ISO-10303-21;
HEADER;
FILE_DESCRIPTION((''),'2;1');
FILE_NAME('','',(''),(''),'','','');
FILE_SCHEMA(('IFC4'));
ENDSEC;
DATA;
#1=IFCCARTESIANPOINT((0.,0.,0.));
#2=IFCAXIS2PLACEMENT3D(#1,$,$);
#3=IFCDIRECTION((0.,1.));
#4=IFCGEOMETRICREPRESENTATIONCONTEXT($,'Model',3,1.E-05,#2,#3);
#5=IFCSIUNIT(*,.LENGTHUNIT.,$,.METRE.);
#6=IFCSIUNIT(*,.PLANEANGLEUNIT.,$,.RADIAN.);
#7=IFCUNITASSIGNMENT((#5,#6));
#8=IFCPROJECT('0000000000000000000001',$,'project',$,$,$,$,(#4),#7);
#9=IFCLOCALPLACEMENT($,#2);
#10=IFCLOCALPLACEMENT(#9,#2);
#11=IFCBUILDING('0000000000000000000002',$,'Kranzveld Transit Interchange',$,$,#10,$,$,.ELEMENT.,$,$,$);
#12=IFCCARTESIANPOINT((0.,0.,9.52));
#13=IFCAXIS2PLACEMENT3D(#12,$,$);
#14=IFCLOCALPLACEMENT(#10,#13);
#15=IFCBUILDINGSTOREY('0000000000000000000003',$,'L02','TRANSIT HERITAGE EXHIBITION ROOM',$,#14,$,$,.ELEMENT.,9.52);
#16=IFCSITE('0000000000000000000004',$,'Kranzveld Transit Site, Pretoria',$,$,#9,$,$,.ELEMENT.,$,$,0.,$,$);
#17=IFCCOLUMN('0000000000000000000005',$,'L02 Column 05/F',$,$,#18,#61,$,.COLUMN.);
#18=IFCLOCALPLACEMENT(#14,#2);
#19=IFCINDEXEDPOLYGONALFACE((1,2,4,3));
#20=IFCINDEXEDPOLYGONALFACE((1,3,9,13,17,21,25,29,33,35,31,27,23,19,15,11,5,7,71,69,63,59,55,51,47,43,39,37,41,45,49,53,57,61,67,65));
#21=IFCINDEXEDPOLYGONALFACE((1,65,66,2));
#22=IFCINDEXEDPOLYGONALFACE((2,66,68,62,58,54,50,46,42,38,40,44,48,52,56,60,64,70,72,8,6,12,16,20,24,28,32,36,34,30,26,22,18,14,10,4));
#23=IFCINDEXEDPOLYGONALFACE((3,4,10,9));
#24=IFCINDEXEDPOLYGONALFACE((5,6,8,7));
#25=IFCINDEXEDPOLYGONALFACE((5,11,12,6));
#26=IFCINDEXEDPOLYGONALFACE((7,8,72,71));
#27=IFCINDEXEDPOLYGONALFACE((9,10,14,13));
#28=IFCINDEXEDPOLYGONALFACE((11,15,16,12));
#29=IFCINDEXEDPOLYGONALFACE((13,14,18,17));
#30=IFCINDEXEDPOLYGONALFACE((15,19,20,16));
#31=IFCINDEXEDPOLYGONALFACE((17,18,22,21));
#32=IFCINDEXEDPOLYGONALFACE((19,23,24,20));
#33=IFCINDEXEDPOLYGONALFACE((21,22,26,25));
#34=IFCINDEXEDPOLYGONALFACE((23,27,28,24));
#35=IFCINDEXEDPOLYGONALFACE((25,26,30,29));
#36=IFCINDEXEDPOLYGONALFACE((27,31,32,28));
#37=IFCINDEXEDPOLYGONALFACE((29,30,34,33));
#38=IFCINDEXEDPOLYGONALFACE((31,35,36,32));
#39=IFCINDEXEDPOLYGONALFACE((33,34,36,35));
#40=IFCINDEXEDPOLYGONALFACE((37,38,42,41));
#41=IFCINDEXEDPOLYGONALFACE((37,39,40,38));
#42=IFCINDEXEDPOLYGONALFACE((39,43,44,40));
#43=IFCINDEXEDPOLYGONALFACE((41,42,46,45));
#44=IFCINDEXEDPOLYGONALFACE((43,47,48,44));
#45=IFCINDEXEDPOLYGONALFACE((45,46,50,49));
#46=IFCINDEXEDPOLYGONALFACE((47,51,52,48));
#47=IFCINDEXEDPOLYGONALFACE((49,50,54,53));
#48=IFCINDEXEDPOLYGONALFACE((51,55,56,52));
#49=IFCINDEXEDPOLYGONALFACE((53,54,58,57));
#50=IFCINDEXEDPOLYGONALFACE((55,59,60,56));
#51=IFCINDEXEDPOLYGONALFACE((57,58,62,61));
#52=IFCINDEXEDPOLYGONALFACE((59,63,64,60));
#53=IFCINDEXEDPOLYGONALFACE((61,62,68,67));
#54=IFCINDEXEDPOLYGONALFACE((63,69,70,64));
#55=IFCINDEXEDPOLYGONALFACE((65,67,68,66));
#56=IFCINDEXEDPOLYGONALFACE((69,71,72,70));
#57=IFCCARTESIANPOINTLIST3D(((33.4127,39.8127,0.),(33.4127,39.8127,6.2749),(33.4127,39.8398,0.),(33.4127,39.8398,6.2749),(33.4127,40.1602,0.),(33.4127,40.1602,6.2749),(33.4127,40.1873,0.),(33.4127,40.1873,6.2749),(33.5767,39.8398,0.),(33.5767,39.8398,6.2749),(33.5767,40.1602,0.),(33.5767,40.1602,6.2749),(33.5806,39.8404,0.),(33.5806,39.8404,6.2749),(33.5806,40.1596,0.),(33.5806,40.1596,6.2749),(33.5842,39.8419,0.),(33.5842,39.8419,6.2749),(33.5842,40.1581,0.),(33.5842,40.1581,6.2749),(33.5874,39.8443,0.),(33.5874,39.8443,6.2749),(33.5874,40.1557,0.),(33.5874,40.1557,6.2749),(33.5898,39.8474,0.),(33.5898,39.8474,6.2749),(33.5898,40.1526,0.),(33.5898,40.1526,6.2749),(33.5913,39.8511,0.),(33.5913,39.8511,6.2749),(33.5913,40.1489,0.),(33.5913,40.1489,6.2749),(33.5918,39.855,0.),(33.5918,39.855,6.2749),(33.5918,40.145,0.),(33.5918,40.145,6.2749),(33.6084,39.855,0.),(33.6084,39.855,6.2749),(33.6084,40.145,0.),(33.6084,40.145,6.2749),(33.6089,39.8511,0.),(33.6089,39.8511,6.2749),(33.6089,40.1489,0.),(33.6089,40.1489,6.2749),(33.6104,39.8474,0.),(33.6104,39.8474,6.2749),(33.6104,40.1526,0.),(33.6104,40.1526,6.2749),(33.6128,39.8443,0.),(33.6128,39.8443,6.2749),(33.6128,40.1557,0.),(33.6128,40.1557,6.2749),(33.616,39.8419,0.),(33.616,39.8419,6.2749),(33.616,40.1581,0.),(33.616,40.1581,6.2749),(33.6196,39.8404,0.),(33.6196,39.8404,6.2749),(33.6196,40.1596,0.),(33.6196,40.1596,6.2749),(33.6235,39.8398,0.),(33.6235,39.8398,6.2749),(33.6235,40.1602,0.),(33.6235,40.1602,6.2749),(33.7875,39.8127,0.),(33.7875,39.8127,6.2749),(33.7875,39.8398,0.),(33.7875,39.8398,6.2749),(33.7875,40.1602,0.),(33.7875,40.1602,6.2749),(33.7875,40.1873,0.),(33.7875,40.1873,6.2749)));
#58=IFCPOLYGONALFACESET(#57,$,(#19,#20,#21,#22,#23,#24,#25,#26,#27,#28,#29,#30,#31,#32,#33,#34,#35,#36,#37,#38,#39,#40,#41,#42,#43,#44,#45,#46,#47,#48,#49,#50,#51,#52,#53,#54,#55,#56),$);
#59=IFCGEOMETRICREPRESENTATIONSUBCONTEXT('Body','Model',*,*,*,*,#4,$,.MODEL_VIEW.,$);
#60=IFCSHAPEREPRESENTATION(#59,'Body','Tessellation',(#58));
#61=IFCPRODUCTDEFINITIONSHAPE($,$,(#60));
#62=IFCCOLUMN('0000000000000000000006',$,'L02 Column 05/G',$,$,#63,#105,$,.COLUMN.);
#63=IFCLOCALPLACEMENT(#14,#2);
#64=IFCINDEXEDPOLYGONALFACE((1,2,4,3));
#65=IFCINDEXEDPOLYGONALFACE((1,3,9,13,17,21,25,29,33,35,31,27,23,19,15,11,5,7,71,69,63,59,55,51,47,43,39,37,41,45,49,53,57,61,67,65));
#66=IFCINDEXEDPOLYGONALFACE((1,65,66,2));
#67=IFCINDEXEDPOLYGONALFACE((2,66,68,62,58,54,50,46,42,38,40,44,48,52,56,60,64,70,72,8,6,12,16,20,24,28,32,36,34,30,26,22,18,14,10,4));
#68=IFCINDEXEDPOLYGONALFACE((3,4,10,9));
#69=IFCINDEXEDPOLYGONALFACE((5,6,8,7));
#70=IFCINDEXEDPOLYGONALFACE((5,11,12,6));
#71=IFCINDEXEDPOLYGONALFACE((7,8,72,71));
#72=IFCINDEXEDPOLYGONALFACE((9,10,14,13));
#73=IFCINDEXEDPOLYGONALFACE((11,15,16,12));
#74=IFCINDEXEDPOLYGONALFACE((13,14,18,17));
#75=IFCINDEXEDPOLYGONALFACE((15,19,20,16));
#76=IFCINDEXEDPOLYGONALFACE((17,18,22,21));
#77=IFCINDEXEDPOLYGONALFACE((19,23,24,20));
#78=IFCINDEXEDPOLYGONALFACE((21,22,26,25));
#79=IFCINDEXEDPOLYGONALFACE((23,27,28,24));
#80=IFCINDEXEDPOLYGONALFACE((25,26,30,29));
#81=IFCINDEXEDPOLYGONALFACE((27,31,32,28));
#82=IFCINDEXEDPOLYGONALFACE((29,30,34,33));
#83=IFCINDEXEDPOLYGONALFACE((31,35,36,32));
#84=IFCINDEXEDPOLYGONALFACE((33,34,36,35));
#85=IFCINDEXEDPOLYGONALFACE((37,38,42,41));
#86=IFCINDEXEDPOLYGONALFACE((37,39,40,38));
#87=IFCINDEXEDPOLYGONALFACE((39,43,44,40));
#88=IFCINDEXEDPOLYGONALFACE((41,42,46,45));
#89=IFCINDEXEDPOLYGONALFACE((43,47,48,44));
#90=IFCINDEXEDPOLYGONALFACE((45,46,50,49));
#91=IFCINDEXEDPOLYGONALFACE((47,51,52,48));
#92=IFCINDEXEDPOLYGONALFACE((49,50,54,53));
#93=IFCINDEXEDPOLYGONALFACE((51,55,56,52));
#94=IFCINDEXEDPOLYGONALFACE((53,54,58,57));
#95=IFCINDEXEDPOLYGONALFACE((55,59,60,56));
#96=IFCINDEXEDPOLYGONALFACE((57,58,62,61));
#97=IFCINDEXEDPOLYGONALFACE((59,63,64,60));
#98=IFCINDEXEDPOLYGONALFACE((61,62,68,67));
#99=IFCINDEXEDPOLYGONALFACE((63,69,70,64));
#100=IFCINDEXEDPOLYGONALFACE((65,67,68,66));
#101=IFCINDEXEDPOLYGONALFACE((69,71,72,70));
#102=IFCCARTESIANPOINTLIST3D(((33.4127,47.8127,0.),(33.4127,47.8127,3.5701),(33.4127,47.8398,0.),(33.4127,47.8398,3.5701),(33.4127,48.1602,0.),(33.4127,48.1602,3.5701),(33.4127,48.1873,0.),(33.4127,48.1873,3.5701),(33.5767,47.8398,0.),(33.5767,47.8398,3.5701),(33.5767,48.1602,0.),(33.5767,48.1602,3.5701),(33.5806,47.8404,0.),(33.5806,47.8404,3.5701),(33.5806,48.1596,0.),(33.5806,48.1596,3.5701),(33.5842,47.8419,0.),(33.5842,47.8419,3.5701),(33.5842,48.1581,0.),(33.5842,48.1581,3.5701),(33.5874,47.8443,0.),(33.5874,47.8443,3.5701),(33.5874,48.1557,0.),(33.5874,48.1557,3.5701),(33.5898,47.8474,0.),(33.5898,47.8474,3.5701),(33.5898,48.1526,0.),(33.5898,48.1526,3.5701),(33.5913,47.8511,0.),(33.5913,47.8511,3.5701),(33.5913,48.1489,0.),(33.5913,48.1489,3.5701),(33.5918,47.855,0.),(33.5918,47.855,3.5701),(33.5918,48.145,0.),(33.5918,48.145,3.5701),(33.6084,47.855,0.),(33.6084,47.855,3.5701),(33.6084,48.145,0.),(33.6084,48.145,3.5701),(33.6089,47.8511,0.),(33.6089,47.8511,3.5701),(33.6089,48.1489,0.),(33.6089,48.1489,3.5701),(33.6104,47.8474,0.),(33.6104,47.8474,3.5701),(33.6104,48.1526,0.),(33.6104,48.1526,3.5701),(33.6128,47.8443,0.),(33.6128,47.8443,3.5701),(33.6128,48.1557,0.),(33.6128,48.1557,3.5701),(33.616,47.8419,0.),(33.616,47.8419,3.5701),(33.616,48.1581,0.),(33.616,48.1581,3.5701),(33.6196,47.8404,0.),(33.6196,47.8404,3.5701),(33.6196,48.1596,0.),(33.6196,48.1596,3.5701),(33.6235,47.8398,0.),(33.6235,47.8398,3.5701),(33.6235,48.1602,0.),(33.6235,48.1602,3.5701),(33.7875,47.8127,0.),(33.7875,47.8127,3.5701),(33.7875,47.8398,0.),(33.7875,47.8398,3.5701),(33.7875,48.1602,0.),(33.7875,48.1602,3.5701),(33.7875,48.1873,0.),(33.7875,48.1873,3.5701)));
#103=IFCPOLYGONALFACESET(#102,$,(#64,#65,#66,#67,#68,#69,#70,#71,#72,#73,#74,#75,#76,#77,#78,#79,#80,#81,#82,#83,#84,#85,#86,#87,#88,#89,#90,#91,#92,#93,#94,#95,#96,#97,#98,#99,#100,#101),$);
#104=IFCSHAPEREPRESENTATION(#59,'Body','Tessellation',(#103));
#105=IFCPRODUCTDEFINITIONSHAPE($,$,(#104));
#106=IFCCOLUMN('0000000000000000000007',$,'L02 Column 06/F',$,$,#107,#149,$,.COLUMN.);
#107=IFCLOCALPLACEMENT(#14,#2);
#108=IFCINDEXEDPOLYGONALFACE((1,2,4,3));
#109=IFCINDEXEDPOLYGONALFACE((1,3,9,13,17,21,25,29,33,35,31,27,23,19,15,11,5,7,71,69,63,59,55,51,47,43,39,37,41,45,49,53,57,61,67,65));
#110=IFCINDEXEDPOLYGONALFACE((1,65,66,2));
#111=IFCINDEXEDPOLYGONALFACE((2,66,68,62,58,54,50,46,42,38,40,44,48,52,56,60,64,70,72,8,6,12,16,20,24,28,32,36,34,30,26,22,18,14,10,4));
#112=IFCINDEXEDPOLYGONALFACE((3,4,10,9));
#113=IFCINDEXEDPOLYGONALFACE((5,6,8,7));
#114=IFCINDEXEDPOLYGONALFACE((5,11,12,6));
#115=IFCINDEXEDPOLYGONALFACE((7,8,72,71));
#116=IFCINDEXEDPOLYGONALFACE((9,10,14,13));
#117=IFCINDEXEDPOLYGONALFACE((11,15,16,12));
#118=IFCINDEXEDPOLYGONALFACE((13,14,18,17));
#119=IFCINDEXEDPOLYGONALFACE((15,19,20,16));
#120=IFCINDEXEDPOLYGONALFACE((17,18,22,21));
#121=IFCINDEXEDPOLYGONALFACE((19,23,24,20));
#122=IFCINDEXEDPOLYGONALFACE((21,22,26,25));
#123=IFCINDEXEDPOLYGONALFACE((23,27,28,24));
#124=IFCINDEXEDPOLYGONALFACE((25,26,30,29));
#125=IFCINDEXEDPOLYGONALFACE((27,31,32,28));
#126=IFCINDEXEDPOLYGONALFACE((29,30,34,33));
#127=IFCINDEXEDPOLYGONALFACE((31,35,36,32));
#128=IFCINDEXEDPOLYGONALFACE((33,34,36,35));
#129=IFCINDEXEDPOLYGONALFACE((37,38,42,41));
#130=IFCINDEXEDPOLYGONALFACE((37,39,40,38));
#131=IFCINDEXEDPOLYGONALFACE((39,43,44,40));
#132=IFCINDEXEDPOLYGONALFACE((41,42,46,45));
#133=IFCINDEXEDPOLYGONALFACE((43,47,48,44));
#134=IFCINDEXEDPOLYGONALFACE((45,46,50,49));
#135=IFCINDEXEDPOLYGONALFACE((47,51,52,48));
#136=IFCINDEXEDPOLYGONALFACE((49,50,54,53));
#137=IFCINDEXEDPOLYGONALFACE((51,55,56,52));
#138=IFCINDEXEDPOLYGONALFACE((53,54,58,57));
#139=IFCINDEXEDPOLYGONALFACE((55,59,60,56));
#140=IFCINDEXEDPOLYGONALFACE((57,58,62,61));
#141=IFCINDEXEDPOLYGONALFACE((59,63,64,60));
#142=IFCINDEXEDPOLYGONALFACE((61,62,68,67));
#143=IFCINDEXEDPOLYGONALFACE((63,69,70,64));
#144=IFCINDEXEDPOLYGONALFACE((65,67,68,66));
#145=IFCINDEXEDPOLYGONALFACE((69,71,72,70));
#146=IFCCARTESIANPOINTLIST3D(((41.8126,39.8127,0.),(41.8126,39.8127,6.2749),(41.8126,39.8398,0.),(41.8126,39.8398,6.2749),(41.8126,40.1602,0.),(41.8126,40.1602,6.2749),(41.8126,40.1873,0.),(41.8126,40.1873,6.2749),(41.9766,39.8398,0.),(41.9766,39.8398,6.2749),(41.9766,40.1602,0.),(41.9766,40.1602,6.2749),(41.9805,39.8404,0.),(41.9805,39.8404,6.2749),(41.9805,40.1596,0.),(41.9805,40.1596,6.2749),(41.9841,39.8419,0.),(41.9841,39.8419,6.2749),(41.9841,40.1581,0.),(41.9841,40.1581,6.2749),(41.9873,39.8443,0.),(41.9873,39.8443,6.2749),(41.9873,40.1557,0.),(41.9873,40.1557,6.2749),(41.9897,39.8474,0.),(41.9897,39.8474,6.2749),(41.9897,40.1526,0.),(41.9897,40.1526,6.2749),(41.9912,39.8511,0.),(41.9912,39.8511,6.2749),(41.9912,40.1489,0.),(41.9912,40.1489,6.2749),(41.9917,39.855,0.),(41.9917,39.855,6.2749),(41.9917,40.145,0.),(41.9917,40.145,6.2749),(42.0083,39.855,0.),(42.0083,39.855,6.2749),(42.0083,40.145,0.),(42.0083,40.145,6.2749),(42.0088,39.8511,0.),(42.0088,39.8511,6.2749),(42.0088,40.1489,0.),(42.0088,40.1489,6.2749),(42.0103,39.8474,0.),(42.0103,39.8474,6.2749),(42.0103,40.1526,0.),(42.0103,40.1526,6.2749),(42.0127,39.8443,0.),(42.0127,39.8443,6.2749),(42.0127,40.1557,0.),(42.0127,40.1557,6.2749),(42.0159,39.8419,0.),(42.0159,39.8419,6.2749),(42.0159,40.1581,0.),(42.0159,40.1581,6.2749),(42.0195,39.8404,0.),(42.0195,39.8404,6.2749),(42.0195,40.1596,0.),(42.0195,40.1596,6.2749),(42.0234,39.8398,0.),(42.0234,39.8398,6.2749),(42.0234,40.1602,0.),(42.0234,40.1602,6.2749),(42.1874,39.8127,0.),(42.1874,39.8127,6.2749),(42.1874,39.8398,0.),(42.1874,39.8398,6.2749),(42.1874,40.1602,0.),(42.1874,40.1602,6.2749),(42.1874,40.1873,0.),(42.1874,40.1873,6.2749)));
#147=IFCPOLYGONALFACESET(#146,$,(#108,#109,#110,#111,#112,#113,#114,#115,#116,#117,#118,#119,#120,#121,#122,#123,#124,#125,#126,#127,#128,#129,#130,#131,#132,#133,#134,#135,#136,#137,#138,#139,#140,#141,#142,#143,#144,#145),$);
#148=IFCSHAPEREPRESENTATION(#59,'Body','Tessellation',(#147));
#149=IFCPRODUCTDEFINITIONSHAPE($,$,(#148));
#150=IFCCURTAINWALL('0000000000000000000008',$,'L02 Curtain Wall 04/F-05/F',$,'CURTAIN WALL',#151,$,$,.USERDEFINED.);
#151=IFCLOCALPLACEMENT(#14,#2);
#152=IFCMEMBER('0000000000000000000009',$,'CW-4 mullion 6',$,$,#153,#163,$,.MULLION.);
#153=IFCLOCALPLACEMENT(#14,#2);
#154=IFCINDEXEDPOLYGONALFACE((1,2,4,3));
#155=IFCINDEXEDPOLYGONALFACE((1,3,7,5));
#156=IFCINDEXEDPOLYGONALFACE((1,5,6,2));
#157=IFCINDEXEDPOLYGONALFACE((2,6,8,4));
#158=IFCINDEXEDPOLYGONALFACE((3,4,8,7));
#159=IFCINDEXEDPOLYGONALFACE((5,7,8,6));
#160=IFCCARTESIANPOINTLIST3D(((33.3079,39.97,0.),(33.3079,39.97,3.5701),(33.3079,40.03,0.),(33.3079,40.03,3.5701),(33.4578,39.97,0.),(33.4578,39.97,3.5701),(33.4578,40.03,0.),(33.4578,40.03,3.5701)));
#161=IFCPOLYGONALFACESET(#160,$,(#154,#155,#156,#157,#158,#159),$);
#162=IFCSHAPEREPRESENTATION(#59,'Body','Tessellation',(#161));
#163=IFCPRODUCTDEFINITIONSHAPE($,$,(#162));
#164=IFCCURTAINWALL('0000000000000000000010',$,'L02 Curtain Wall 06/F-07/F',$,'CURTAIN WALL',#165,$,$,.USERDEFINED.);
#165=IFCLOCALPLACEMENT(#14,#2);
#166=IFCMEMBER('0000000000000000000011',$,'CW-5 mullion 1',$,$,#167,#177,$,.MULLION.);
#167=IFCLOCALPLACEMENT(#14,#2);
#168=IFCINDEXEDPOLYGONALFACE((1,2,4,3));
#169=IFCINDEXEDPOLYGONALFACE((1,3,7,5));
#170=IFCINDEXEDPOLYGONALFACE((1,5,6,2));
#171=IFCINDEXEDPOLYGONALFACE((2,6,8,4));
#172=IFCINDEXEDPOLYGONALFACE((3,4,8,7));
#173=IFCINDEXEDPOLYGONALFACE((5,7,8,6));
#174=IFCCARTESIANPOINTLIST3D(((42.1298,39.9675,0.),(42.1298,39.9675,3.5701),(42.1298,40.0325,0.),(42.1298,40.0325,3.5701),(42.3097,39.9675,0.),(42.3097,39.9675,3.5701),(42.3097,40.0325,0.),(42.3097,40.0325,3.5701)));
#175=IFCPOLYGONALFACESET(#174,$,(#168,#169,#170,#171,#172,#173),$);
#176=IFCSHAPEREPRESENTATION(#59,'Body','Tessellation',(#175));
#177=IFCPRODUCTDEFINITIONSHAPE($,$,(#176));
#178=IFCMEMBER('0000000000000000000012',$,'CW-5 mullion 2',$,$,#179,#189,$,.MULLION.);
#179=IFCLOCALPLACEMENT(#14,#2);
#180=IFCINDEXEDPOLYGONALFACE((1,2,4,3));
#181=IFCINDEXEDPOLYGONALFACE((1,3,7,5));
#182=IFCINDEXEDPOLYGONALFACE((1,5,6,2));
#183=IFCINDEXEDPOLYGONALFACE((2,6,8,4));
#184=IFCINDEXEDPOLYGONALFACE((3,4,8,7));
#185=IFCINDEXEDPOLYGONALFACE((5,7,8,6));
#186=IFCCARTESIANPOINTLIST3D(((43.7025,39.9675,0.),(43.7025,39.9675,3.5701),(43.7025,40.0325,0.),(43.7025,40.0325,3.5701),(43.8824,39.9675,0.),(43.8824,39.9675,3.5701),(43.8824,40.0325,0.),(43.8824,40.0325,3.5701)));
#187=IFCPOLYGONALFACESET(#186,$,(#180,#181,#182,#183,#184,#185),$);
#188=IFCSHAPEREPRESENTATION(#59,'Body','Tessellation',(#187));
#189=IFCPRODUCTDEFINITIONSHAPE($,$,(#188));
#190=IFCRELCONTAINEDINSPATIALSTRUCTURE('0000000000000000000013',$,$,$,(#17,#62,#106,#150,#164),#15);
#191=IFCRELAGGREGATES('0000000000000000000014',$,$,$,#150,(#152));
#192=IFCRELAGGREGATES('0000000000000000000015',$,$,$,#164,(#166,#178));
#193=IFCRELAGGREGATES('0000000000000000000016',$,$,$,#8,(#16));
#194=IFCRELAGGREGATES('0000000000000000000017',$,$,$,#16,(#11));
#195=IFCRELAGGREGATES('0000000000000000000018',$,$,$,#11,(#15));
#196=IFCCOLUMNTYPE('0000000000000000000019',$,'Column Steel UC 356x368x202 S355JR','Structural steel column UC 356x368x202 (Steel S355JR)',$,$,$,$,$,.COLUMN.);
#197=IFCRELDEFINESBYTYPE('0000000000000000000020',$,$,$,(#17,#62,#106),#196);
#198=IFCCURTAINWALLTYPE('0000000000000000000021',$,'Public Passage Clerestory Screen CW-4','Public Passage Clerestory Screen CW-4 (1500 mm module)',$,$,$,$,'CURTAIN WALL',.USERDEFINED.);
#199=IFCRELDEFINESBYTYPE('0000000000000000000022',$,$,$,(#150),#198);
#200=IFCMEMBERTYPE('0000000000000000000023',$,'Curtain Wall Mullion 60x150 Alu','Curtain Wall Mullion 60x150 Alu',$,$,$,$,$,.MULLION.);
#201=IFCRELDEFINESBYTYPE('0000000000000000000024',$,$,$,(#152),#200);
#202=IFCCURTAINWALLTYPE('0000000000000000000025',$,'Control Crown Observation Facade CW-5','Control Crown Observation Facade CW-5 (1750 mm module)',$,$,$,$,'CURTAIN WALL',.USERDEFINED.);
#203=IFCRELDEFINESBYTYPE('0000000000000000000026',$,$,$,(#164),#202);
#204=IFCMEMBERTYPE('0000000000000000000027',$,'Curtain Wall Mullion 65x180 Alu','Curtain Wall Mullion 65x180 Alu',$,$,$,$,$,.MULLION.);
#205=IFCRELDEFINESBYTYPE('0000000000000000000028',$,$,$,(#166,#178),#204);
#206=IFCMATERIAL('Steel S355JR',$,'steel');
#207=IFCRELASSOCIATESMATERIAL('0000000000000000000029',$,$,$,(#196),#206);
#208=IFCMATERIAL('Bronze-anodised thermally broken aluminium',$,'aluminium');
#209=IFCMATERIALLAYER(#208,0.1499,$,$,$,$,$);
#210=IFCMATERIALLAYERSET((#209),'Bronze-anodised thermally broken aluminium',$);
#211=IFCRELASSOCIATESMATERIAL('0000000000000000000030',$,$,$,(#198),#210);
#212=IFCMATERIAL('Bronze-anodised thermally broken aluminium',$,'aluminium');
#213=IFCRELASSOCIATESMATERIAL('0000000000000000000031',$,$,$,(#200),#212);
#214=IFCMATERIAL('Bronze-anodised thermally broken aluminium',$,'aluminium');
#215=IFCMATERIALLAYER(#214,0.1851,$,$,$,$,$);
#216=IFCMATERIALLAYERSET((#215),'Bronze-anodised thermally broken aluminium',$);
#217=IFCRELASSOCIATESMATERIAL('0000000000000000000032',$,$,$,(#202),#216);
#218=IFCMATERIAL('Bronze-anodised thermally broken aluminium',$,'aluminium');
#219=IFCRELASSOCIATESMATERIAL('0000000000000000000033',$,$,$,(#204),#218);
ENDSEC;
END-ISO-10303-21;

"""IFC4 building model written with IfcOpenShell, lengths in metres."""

from ifc_helpers import new_model, si_unit, direction, frame, origin, origin_2d, place, context, subcontext, project, spatial, rectangle, i_section, extrude, material, layer, layer_set, material_profile, profile_set, type_object, element, aggregate, save


model = new_model("IFC4")

# Units and contexts
model_context = context("Model", 3, precision=1e-05, world=origin(), true_north=direction((0.0, 1.0)))
body_context = subcontext(model_context, "Body", "Model", "MODEL_VIEW")
ifc_project = project(units=[si_unit("LENGTHUNIT", "METRE"), si_unit("PLANEANGLEUNIT", "RADIAN")], contexts=[model_context])

# Site, building, storey
site_placement = place(None, origin())
site = spatial("IfcSite", under=ifc_project, at=site_placement, Name="Kranzveld Transit Site, Pretoria", CompositionType="ELEMENT", RefElevation=0.0)
building_placement = place(site_placement, origin())
building = spatial("IfcBuilding", under=site, at=building_placement, Name="Kranzveld Transit Interchange", CompositionType="ELEMENT")
storey_placement = place(building_placement, frame((0.0, 0.0, 9.52)))
storey = spatial("IfcBuildingStorey", under=building, at=storey_placement, Name="L02", Description="TRANSIT HERITAGE EXHIBITION ROOM", CompositionType="ELEMENT", Elevation=9.52)

# Columns
ifc_material_1 = material(Name="Steel S355JR", Category="steel")
ifc_material_profile_1 = material_profile(ifc_material_1, i_section(OverallWidth=0.3748, OverallDepth=0.3745, WebThickness=0.0166, FlangeThickness=0.0271, FilletRadius=0.0151, at=origin_2d()), Name="UC 356x368x202")
ifc_profile_set_1 = profile_set([ifc_material_profile_1], Name="Steel S355JR")
column_type = type_object("IfcColumnType", Name="Column Steel UC 356x368x202 S355JR", Description="Structural steel column UC 356x368x202 (Steel S355JR)", PredefinedType="COLUMN", material=ifc_profile_set_1)
column_1_placement = place(storey_placement, frame((33.6001, 40.0, 0.0), z_axis=(0.0, 0.0, 1.0), x_axis=(1.0, 0.0, 0.0)))
element("IfcColumn", 1, at=column_1_placement, inside=storey, type_object=column_type, Name="L02 Column 05/F", PredefinedType="COLUMN", context=body_context, shape_type="SweptSolid", body=[
    extrude(i_section(OverallWidth=0.3748, OverallDepth=0.3745, WebThickness=0.0166, FlangeThickness=0.0271, FilletRadius=0.0151, at=origin_2d()), origin(), (0.0, 0.0, 1.0), 6.2749),
])
column_2_placement = place(storey_placement, frame((33.6001, 48.0, 0.0), z_axis=(0.0, 0.0, 1.0), x_axis=(1.0, 0.0, 0.0)))
element("IfcColumn", 2, at=column_2_placement, inside=storey, type_object=column_type, Name="L02 Column 05/G", PredefinedType="COLUMN", context=body_context, shape_type="SweptSolid", body=[
    extrude(i_section(OverallWidth=0.3748, OverallDepth=0.3745, WebThickness=0.0166, FlangeThickness=0.0271, FilletRadius=0.0151, at=origin_2d()), origin(), (0.0, 0.0, 1.0), 3.5701),
])
column_3_placement = place(storey_placement, frame((42.0, 40.0, 0.0), z_axis=(0.0, 0.0, 1.0), x_axis=(1.0, 0.0, 0.0)))
element("IfcColumn", 3, at=column_3_placement, inside=storey, type_object=column_type, Name="L02 Column 06/F", PredefinedType="COLUMN", context=body_context, shape_type="SweptSolid", body=[
    extrude(i_section(OverallWidth=0.3748, OverallDepth=0.3745, WebThickness=0.0166, FlangeThickness=0.0271, FilletRadius=0.0151, at=origin_2d()), origin(), (0.0, 0.0, 1.0), 6.2749),
])

# Curtain wall, member
ifc_material_2 = material(Name="Bronze-anodised thermally broken aluminium", Category="aluminium")
ifc_layer_1 = layer(ifc_material_2, 0.1499)
ifc_layer_set_1 = layer_set([ifc_layer_1], Name="Bronze-anodised thermally broken aluminium")
curtain_wall_type_1 = type_object("IfcCurtainWallType", Name="Public Passage Clerestory Screen CW-4", Description="Public Passage Clerestory Screen CW-4 (1500 mm module)", ElementType="CURTAIN WALL", PredefinedType="USERDEFINED", material=ifc_layer_set_1)
curtain_wall_1_placement = place(storey_placement, origin())
curtain_wall_1 = element("IfcCurtainWall", 4, at=curtain_wall_1_placement, inside=storey, type_object=curtain_wall_type_1, Name="L02 Curtain Wall 04/F-05/F", ObjectType="CURTAIN WALL", PredefinedType="USERDEFINED")
ifc_material_3 = material(Name="Bronze-anodised thermally broken aluminium", Category="aluminium")
ifc_material_profile_2 = material_profile(ifc_material_3, rectangle(XDim=0.0601, YDim=0.1499, at=origin_2d()), Name="ALU MULLION 60x150")
ifc_profile_set_2 = profile_set([ifc_material_profile_2], Name="Bronze-anodised thermally broken aluminium")
member_type_1 = type_object("IfcMemberType", Name="Curtain Wall Mullion 60x150 Alu", Description="Curtain Wall Mullion 60x150 Alu", PredefinedType="MULLION", material=ifc_profile_set_2)
member_1_placement = place(storey_placement, frame((33.3828, 40.0, 0.0), z_axis=(0.0, 0.0, 1.0), x_axis=(0.0, 1.0, 0.0)))
member_1 = element("IfcMember", 5, at=member_1_placement, type_object=member_type_1, Name="CW-4 mullion 6", PredefinedType="MULLION", context=body_context, shape_type="SweptSolid", body=[
    extrude(rectangle(XDim=0.0601, YDim=0.1499, at=origin_2d()), origin(), (0.0, 0.0, 1.0), 3.5701),
])

# Curtain wall, members
ifc_material_4 = material(Name="Bronze-anodised thermally broken aluminium", Category="aluminium")
ifc_layer_2 = layer(ifc_material_4, 0.1851)
ifc_layer_set_2 = layer_set([ifc_layer_2], Name="Bronze-anodised thermally broken aluminium")
curtain_wall_type_2 = type_object("IfcCurtainWallType", Name="Control Crown Observation Facade CW-5", Description="Control Crown Observation Facade CW-5 (1750 mm module)", ElementType="CURTAIN WALL", PredefinedType="USERDEFINED", material=ifc_layer_set_2)
curtain_wall_2_placement = place(storey_placement, origin())
curtain_wall_2 = element("IfcCurtainWall", 6, at=curtain_wall_2_placement, inside=storey, type_object=curtain_wall_type_2, Name="L02 Curtain Wall 06/F-07/F", ObjectType="CURTAIN WALL", PredefinedType="USERDEFINED")
ifc_material_5 = material(Name="Bronze-anodised thermally broken aluminium", Category="aluminium")
ifc_material_profile_3 = material_profile(ifc_material_5, rectangle(XDim=0.0649, YDim=0.1799, at=origin_2d()), Name="ALU MULLION 65x180")
ifc_profile_set_3 = profile_set([ifc_material_profile_3], Name="Bronze-anodised thermally broken aluminium")
member_type_2 = type_object("IfcMemberType", Name="Curtain Wall Mullion 65x180 Alu", Description="Curtain Wall Mullion 65x180 Alu", PredefinedType="MULLION", material=ifc_profile_set_3)
member_2_placement = place(storey_placement, frame((42.2197, 40.0, 0.0), z_axis=(0.0, 0.0, 1.0), x_axis=(0.0, 1.0, 0.0)))
member_2 = element("IfcMember", 7, at=member_2_placement, type_object=member_type_2, Name="CW-5 mullion 1", PredefinedType="MULLION", context=body_context, shape_type="SweptSolid", body=[
    extrude(rectangle(XDim=0.0649, YDim=0.1799, at=origin_2d()), origin(), (0.0, 0.0, 1.0), 3.5701),
])
member_3_placement = place(storey_placement, frame((43.7925, 40.0, 0.0), z_axis=(0.0, 0.0, 1.0), x_axis=(0.0, 1.0, 0.0)))
member_3 = element("IfcMember", 8, at=member_3_placement, type_object=member_type_2, Name="CW-5 mullion 2", PredefinedType="MULLION", context=body_context, shape_type="SweptSolid", body=[
    extrude(rectangle(XDim=0.0649, YDim=0.1799, at=origin_2d()), origin(), (0.0, 0.0, 1.0), 3.5701),
])

aggregate(curtain_wall_1, [member_1])
aggregate(curtain_wall_2, [member_2, member_3])

save(model, "model.ifc")
